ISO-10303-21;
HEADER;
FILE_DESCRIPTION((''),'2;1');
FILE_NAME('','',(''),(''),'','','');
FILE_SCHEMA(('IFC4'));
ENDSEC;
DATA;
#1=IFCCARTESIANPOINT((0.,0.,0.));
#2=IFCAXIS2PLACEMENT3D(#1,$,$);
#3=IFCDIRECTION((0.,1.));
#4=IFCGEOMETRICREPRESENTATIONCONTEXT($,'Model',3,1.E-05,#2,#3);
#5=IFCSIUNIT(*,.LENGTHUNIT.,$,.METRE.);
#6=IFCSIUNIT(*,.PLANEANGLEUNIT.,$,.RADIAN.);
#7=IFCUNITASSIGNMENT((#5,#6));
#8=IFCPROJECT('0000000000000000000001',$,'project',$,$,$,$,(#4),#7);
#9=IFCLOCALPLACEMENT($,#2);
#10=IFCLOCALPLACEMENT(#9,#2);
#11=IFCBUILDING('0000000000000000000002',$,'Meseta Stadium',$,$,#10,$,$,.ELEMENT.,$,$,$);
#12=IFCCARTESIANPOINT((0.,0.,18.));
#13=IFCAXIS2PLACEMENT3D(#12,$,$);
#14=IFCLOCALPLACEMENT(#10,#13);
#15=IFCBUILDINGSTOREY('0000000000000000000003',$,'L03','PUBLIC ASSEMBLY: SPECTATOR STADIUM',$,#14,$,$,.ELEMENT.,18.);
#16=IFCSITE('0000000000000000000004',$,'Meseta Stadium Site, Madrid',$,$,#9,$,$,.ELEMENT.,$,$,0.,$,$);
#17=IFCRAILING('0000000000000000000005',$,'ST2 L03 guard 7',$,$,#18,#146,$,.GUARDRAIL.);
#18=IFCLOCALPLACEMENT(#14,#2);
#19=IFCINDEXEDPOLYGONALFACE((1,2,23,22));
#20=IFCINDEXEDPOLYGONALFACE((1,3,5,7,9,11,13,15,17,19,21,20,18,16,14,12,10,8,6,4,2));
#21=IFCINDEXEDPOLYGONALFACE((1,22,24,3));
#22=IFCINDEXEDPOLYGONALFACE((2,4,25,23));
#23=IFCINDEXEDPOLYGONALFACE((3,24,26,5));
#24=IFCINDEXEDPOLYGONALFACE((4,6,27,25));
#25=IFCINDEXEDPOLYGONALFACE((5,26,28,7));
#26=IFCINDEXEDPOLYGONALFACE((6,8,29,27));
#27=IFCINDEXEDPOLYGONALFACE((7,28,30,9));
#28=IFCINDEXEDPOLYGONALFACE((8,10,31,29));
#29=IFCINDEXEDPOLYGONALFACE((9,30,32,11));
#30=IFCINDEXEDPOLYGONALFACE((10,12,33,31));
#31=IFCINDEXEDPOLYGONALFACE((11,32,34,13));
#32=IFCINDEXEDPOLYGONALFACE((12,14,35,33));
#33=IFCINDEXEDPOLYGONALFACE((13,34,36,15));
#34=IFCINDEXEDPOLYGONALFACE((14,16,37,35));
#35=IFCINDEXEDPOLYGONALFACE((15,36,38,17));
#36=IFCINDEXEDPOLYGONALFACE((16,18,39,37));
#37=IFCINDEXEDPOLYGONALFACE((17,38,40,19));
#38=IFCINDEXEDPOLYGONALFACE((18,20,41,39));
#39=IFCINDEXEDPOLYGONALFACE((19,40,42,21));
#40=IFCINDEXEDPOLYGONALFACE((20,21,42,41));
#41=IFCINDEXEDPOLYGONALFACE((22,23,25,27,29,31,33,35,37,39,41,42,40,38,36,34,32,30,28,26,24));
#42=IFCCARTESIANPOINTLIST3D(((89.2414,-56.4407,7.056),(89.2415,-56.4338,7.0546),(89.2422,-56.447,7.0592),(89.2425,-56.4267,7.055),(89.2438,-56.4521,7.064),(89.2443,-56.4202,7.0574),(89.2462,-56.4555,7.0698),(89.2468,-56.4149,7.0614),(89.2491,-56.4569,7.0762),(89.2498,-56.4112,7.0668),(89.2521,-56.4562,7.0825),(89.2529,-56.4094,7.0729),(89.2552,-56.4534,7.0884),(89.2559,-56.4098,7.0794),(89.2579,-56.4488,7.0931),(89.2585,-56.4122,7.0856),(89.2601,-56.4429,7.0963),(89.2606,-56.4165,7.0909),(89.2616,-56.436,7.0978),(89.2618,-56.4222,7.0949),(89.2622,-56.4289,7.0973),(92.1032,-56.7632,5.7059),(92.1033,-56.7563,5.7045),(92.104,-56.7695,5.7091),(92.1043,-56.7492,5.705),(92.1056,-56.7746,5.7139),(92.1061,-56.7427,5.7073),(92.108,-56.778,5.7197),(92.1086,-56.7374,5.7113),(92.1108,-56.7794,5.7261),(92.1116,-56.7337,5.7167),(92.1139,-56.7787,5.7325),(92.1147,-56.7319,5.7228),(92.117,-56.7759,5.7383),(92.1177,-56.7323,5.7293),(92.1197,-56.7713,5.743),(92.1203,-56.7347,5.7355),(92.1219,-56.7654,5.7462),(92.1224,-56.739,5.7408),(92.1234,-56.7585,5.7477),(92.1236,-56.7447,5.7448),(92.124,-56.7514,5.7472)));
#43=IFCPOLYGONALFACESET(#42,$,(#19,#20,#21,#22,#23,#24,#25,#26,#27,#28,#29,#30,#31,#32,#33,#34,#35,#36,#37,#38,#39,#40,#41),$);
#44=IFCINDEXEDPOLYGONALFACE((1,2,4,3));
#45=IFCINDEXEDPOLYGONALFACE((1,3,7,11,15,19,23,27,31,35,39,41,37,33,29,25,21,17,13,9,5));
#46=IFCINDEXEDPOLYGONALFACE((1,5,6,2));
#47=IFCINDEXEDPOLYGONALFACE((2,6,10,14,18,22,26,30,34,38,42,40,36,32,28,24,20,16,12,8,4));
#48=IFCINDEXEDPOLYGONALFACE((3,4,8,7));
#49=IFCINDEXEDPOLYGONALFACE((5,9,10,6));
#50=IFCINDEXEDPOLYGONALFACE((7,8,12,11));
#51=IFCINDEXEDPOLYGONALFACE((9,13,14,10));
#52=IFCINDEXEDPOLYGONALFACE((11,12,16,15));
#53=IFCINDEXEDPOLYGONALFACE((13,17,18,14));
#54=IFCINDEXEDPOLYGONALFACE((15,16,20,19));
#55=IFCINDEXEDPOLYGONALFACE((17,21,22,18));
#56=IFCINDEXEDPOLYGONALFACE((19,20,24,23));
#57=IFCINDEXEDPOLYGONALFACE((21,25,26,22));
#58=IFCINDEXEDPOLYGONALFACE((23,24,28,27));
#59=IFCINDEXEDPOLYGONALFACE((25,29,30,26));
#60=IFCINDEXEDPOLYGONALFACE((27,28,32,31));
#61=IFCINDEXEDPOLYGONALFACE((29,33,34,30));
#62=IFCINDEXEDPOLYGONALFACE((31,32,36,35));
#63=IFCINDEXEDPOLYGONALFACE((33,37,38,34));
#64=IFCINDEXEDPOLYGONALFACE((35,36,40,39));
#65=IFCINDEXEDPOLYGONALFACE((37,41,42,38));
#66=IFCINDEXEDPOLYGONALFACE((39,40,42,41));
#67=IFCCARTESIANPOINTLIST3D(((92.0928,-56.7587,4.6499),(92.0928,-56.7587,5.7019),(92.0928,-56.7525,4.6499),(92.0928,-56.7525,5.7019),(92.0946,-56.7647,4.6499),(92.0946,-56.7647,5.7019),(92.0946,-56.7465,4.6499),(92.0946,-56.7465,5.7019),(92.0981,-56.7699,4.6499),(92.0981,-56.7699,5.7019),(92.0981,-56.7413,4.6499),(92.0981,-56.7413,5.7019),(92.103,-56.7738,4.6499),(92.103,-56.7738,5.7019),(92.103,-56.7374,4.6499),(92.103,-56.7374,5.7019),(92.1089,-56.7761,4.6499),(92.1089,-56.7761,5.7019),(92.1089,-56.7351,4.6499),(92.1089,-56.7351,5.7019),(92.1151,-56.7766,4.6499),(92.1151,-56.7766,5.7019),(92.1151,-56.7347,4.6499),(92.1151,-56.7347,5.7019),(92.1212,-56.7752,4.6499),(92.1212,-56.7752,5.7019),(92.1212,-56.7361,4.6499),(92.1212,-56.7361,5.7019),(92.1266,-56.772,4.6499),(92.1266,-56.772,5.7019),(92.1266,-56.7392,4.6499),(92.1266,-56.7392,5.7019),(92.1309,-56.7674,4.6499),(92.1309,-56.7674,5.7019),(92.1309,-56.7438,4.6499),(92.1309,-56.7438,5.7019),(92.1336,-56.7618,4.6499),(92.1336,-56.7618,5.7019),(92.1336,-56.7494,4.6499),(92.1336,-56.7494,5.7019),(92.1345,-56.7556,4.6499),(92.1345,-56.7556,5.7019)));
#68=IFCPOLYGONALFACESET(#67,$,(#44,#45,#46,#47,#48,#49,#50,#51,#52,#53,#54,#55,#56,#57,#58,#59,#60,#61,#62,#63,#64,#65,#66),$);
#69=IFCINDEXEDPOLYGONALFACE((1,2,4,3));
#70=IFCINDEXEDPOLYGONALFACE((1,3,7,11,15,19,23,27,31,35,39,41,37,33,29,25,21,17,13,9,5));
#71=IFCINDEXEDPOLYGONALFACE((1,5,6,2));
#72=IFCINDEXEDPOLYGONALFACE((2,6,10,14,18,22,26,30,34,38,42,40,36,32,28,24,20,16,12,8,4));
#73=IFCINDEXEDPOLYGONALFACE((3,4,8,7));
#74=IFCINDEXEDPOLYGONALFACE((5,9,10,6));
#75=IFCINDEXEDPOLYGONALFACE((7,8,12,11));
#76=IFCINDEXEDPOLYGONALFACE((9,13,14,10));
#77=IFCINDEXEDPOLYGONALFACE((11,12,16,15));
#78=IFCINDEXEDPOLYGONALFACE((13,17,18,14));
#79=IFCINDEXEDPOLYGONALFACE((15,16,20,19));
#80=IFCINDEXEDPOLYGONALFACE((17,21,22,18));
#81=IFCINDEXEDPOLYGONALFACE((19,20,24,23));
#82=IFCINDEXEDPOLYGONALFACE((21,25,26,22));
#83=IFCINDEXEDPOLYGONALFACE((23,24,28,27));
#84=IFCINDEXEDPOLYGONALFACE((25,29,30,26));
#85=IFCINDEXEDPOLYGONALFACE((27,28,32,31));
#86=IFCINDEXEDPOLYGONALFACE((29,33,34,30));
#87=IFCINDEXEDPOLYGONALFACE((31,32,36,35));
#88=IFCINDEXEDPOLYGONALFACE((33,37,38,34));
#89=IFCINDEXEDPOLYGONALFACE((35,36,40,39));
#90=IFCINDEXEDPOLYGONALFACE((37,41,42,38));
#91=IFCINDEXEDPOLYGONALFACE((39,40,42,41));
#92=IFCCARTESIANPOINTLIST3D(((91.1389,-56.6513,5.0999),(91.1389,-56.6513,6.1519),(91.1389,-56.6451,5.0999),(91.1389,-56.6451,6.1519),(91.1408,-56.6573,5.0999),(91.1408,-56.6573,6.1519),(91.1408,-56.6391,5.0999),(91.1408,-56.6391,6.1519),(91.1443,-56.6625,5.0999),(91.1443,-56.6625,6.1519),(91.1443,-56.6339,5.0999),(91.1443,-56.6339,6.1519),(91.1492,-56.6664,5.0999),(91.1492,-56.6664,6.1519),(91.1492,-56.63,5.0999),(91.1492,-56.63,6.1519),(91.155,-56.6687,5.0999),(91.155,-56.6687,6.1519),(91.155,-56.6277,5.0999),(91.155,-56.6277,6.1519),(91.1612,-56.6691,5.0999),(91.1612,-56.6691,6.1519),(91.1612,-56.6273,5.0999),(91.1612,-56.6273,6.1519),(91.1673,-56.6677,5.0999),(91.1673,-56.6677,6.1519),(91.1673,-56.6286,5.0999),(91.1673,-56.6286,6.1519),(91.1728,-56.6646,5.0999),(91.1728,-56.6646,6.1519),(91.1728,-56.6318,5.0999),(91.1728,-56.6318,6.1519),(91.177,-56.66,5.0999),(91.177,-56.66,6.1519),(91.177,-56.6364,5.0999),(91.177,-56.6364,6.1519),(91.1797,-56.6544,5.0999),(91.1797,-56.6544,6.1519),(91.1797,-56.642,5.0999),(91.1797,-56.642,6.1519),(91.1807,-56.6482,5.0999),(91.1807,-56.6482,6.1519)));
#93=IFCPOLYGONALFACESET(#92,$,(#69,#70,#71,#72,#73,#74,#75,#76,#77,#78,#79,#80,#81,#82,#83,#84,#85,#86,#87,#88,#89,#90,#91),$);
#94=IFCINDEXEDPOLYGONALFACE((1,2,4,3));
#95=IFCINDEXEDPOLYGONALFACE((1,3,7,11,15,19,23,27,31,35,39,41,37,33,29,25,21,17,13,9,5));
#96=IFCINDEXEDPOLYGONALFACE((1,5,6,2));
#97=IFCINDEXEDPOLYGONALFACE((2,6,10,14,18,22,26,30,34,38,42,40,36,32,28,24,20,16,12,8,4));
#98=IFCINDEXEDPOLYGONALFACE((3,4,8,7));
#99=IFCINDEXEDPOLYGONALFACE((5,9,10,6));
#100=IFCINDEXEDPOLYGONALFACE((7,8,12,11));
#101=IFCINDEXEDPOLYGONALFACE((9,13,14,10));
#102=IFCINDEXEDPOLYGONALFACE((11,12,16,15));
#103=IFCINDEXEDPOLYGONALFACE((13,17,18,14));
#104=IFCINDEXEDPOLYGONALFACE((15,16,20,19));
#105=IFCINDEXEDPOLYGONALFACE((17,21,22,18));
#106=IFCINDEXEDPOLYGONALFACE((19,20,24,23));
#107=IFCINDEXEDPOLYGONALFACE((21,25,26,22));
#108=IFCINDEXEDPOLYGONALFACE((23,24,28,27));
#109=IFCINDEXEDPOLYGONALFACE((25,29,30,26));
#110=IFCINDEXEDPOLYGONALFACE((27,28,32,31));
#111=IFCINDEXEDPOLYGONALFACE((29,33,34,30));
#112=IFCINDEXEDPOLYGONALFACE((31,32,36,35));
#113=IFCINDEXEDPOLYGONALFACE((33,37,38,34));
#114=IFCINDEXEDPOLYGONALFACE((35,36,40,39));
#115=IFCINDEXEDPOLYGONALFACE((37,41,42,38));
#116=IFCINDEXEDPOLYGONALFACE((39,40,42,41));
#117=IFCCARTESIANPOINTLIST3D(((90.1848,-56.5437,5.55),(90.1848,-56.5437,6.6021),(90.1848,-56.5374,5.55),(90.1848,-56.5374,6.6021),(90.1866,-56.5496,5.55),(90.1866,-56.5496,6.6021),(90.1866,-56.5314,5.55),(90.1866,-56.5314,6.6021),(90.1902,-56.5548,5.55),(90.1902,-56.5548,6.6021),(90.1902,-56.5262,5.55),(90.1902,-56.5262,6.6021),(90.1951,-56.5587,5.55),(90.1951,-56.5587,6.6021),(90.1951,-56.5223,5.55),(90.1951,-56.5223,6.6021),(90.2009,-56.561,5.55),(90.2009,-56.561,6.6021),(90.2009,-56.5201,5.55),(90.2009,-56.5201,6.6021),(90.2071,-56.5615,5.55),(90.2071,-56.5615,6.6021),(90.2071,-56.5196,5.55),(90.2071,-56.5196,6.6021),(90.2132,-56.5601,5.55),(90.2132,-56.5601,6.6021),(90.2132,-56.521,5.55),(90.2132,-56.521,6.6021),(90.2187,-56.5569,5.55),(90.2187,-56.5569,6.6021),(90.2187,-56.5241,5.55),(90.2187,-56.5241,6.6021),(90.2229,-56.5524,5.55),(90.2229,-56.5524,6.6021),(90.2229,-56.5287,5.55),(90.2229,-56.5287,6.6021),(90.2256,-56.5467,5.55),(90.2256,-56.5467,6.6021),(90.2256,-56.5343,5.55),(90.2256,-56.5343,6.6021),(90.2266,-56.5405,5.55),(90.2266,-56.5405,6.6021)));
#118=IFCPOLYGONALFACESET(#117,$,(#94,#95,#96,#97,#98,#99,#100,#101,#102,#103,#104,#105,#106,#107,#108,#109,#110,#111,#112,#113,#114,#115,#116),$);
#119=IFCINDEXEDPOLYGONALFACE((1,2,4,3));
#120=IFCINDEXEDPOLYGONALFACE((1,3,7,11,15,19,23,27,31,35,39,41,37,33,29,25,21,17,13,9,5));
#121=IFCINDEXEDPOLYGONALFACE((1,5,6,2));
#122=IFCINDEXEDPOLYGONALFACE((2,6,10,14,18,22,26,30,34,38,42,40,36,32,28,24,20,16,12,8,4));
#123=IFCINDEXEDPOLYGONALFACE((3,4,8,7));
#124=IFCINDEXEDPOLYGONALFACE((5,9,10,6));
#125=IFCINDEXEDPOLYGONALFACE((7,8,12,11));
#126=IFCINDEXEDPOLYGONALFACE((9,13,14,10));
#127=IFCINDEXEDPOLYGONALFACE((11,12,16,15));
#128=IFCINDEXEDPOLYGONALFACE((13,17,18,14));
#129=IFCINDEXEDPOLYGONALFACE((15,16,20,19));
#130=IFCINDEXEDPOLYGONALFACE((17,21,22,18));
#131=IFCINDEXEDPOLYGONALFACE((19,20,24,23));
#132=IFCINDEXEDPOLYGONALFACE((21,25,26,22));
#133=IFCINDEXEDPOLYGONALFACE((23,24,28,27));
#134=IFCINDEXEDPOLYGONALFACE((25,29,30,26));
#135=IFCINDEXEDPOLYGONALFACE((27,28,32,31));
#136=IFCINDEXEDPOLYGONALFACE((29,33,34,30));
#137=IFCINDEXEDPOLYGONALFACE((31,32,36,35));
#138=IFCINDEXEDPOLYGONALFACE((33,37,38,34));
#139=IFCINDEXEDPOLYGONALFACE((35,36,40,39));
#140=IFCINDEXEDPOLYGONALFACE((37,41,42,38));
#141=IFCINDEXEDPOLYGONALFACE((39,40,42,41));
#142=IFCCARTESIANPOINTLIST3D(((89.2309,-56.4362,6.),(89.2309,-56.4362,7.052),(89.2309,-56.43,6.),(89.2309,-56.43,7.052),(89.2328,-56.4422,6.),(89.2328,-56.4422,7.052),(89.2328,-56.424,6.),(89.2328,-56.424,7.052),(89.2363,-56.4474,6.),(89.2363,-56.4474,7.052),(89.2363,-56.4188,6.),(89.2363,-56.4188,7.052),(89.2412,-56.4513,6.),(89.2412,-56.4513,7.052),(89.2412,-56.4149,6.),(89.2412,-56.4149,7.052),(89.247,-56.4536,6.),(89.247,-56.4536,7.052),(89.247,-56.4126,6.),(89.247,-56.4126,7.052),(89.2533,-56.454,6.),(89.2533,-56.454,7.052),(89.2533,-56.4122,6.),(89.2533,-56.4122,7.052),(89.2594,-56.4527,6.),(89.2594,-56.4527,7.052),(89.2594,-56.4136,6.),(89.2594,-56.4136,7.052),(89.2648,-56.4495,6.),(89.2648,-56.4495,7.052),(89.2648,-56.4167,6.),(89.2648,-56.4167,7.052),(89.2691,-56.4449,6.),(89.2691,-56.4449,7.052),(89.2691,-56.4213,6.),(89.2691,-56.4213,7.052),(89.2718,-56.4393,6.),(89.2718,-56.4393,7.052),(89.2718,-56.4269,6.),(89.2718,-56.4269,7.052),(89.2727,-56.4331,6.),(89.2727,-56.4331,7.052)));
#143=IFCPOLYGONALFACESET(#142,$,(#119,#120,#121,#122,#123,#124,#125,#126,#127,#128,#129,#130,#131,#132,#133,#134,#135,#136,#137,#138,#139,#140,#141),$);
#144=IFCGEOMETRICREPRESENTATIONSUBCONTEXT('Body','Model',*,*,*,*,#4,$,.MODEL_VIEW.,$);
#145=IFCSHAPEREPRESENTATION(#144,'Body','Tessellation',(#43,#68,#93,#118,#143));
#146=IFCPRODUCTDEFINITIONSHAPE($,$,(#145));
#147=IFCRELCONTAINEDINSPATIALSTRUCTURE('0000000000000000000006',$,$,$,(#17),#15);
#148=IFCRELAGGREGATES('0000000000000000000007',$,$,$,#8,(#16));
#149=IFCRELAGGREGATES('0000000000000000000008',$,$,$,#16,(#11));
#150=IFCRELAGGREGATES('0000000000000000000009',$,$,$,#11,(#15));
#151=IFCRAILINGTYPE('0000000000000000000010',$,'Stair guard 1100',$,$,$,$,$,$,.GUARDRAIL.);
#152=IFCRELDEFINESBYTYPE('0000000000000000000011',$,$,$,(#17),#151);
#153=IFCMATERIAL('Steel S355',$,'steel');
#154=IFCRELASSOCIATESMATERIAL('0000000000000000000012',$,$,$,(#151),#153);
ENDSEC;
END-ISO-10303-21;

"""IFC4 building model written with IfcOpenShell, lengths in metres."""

from ifc_helpers import new_model, si_unit, direction, frame, origin, origin_2d, place, context, subcontext, project, spatial, circle, extrude, material, type_object, element, save


model = new_model("IFC4")

# Units and contexts
model_context = context("Model", 3, precision=1e-05, world=origin(), true_north=direction((0.0, 1.0)))
body_context = subcontext(model_context, "Body", "Model", "MODEL_VIEW")
ifc_project = project(units=[si_unit("LENGTHUNIT", "METRE"), si_unit("PLANEANGLEUNIT", "RADIAN")], contexts=[model_context])

# Site, building, storey
site_placement = place(None, origin())
site = spatial("IfcSite", under=ifc_project, at=site_placement, Name="Meseta Stadium Site, Madrid", CompositionType="ELEMENT", RefElevation=0.0)
building_placement = place(site_placement, origin())
building = spatial("IfcBuilding", under=site, at=building_placement, Name="Meseta Stadium", CompositionType="ELEMENT")
storey_placement = place(building_placement, frame((0.0, 0.0, 18.0)))
storey = spatial("IfcBuildingStorey", under=building, at=storey_placement, Name="L03", Description="PUBLIC ASSEMBLY: SPECTATOR STADIUM", CompositionType="ELEMENT", Elevation=18.0)

# Railing
ifc_material_1 = material(Name="Steel S355", Category="steel")
railing_type_1 = type_object("IfcRailingType", Name="Stair guard 1100", PredefinedType="GUARDRAIL", material=ifc_material_1)
railing_1_placement = place(storey_placement, frame((92.1135, -56.7556, 4.6499)))
element("IfcRailing", 1, at=railing_1_placement, inside=storey, type_object=railing_type_1, Name="ST2 L03 guard 7", PredefinedType="GUARDRAIL", context=body_context, shape_type="SweptSolid", body=[
    extrude(circle(Radius=0.0239, at=origin_2d()), frame((0.0, 0.0, 1.0762), z_axis=(-0.899748, 0.101396, 0.424467), x_axis=(-0.111985, -0.99371, 0.0)), (0.0, 0.0, 1.0), 3.1807),
    extrude(circle(Radius=0.021, at=origin_2d()), origin(), (0.0, 0.0, 1.0), 1.052),
    extrude(circle(Radius=0.021, at=origin_2d()), frame((-0.9539, 0.1074, 0.45)), (0.0, 0.0, 1.0), 1.052),
    extrude(circle(Radius=0.021, at=origin_2d()), frame((-1.908, 0.2151, 0.9001)), (0.0, 0.0, 1.0), 1.052),
    extrude(circle(Radius=0.021, at=origin_2d()), frame((-2.8618, 0.3225, 1.3501)), (0.0, 0.0, 1.0), 1.052),
])

save(model, "model.ifc")
